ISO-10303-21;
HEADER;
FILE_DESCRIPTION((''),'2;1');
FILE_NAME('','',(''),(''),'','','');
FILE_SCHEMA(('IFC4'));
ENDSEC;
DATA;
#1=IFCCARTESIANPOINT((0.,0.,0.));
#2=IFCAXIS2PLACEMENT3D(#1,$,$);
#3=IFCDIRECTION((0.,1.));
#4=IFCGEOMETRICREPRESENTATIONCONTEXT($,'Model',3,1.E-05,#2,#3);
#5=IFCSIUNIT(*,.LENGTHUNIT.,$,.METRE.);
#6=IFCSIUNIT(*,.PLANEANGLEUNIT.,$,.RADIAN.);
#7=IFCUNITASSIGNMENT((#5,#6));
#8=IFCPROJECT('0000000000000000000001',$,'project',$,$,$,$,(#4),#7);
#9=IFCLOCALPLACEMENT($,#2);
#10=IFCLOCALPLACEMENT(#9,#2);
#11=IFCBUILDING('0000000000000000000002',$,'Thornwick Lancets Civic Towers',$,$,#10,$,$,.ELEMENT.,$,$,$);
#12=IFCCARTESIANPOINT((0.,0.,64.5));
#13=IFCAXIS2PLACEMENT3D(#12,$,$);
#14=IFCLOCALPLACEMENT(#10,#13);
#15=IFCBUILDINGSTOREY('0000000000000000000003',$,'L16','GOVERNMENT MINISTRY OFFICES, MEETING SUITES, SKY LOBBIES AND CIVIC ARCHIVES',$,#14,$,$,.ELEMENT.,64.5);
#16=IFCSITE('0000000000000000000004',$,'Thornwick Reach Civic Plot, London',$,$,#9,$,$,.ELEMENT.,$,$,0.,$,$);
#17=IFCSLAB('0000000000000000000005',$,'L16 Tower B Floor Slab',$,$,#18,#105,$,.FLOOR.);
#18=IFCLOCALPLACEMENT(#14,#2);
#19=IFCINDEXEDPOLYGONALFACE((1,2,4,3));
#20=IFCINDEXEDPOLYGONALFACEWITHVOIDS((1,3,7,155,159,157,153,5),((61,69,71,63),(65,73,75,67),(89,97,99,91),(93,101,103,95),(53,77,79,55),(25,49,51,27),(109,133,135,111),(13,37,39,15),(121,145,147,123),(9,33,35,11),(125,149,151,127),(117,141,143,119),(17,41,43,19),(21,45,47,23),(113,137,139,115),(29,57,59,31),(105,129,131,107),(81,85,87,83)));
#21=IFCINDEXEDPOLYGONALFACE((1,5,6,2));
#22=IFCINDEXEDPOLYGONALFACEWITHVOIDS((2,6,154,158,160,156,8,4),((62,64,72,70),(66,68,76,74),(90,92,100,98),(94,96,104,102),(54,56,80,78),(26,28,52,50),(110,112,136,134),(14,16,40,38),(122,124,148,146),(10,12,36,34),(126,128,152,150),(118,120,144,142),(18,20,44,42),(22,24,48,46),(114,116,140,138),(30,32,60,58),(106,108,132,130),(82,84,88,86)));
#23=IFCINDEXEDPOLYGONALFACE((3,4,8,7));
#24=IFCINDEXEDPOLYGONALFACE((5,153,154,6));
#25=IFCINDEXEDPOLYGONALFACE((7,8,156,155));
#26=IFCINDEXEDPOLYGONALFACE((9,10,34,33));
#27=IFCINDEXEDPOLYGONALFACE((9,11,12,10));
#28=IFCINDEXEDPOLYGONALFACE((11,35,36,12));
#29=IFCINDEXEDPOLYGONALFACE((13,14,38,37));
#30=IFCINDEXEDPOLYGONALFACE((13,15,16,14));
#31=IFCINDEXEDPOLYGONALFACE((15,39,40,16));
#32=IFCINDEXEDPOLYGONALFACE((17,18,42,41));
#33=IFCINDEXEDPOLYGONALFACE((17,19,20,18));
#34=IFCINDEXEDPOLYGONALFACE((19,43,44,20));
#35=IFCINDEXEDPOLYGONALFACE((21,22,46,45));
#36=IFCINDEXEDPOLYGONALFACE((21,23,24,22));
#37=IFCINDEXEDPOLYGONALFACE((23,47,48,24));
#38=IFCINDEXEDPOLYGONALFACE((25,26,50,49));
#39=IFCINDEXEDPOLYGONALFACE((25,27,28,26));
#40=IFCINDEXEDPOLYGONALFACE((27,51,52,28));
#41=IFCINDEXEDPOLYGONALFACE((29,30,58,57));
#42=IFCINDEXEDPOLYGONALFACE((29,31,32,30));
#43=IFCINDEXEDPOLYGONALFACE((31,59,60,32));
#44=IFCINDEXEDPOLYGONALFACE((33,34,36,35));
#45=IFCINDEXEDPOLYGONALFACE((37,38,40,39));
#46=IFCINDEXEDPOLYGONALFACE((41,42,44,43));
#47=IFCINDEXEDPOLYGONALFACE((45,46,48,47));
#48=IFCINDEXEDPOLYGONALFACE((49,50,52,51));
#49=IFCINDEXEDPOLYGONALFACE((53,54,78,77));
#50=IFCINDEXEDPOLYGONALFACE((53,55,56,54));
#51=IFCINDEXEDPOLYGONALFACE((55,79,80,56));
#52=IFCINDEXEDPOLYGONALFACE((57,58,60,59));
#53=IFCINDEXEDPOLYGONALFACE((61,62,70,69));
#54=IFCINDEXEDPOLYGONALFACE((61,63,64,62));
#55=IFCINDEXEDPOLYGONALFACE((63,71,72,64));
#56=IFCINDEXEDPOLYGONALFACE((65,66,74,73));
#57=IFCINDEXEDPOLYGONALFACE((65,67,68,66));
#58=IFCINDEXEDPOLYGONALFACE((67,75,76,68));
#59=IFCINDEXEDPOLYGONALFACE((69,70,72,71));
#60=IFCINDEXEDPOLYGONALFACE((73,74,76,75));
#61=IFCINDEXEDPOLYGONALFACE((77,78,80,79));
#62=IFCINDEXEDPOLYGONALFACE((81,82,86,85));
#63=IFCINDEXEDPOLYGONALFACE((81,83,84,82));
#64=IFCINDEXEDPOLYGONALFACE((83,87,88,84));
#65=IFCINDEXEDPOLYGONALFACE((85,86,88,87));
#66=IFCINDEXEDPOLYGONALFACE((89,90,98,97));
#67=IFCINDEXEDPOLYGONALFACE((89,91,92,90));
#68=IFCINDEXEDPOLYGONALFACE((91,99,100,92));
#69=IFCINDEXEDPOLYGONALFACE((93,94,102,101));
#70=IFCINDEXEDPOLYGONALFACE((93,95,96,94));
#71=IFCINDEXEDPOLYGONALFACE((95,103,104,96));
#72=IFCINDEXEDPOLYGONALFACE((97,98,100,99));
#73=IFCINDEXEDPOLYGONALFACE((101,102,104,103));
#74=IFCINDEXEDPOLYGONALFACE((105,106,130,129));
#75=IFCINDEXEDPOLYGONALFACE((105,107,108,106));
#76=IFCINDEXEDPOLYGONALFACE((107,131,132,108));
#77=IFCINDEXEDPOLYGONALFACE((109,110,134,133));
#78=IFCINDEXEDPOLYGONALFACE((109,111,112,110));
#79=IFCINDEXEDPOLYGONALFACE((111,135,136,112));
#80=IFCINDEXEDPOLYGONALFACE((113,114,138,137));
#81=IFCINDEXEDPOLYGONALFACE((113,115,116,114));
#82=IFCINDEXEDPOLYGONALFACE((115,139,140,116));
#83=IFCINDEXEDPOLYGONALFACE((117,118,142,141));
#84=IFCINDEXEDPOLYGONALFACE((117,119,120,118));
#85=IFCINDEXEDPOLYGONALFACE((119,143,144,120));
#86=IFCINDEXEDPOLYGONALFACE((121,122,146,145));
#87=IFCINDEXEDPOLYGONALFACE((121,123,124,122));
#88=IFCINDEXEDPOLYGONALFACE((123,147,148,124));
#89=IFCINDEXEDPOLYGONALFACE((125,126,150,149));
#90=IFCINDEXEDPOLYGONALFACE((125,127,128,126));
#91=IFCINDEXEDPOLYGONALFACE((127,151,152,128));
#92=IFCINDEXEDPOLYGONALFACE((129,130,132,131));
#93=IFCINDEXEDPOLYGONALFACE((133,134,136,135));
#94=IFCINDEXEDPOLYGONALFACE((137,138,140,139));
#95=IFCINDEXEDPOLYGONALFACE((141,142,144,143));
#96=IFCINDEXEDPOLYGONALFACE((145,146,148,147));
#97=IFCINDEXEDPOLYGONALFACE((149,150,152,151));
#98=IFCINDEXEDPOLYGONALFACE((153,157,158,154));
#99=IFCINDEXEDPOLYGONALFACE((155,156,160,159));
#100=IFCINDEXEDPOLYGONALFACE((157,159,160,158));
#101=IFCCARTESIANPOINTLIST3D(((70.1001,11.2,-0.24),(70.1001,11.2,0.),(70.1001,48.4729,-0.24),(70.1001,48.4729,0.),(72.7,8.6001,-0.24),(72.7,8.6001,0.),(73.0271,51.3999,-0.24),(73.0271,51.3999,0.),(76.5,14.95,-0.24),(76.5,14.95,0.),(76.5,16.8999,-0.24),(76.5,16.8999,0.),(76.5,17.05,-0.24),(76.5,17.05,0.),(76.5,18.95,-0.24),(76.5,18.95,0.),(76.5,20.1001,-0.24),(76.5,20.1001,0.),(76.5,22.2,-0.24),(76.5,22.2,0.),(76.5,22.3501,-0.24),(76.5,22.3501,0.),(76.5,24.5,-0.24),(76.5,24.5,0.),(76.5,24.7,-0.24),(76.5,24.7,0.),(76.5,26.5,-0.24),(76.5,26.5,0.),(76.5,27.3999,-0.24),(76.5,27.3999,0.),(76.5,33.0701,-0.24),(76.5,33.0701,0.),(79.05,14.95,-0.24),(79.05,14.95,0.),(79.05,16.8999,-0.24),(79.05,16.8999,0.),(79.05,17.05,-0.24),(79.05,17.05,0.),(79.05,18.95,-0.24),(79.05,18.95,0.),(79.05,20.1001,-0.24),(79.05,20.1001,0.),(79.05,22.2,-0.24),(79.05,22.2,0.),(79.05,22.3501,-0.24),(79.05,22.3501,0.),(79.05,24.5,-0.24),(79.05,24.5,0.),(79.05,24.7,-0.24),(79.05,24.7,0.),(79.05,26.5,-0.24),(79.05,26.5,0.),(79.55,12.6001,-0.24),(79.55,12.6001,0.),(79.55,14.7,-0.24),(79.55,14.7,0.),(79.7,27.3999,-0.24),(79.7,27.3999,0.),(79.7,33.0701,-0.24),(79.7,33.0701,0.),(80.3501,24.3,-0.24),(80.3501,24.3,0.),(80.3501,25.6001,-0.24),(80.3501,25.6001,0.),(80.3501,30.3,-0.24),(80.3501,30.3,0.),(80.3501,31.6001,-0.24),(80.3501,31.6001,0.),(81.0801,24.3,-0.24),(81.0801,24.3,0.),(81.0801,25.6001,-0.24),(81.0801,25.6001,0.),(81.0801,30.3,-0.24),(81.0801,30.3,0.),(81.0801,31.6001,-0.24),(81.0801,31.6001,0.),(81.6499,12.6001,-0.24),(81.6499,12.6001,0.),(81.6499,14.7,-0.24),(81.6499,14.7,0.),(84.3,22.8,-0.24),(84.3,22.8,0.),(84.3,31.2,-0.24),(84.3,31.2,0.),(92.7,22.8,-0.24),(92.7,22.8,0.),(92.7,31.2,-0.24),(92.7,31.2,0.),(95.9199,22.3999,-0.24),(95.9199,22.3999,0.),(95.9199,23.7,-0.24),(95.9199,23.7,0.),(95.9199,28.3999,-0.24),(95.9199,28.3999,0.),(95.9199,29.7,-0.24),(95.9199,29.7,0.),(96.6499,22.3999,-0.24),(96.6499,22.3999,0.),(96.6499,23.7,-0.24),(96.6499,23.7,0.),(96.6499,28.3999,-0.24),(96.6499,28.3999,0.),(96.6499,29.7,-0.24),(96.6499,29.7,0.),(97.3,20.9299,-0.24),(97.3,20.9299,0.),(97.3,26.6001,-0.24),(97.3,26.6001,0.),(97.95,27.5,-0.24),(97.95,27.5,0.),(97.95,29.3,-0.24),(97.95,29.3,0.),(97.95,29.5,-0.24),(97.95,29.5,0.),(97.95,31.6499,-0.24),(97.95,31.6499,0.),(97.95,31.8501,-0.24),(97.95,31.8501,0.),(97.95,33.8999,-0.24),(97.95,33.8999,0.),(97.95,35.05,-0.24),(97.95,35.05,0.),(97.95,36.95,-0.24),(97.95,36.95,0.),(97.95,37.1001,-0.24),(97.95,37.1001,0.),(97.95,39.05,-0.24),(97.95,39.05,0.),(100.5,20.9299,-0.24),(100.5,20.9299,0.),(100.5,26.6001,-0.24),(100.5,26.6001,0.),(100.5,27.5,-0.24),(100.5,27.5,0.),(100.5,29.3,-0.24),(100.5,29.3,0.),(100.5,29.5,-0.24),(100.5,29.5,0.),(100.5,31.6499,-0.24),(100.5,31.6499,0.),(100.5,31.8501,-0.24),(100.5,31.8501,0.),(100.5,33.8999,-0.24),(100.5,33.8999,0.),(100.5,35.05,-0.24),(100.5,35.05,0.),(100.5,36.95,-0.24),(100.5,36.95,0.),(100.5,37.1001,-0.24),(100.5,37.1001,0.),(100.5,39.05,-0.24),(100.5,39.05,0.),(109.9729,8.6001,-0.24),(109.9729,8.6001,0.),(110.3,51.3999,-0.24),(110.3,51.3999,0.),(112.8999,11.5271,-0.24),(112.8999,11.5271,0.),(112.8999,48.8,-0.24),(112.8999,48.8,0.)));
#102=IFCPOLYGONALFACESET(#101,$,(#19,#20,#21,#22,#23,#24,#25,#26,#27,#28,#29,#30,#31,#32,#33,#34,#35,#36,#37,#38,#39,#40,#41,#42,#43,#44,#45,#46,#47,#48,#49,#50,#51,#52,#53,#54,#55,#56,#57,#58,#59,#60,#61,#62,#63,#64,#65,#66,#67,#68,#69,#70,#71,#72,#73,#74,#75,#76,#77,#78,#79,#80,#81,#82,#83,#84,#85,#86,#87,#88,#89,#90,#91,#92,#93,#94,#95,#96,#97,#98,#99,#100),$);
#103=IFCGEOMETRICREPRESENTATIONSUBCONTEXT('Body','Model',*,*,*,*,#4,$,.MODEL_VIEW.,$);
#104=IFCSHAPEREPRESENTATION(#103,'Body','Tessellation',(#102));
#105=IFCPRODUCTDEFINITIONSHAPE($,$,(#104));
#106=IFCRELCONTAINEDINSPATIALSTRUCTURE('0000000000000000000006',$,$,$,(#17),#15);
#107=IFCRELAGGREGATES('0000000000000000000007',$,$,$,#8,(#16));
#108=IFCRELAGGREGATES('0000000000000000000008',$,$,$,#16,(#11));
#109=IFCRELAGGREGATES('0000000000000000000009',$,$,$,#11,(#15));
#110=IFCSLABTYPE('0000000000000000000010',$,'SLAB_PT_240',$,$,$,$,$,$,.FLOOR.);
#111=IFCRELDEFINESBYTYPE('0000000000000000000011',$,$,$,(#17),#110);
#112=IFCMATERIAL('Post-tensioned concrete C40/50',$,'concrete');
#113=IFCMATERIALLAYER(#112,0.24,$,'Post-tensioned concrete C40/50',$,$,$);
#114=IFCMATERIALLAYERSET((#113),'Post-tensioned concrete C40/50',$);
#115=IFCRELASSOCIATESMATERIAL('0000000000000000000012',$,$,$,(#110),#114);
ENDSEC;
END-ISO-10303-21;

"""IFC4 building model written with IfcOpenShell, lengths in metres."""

from ifc_helpers import new_model, si_unit, direction, frame, origin, place, context, subcontext, project, spatial, polyline, outline, extrude, material, layer, layer_set, type_object, element, save


model = new_model("IFC4")

# Units and contexts
model_context = context("Model", 3, precision=1e-05, world=origin(), true_north=direction((0.0, 1.0)))
body_context = subcontext(model_context, "Body", "Model", "MODEL_VIEW")
ifc_project = project(units=[si_unit("LENGTHUNIT", "METRE"), si_unit("PLANEANGLEUNIT", "RADIAN")], contexts=[model_context])

# Site, building, storey
site_placement = place(None, origin())
site = spatial("IfcSite", under=ifc_project, at=site_placement, Name="Thornwick Reach Civic Plot, London", CompositionType="ELEMENT", RefElevation=0.0)
building_placement = place(site_placement, origin())
building = spatial("IfcBuilding", under=site, at=building_placement, Name="Thornwick Lancets Civic Towers", CompositionType="ELEMENT")
storey_placement = place(building_placement, frame((0.0, 0.0, 64.5)))
storey = spatial("IfcBuildingStorey", under=building, at=storey_placement, Name="L16", Description="GOVERNMENT MINISTRY OFFICES, MEETING SUITES, SKY LOBBIES AND CIVIC ARCHIVES", CompositionType="ELEMENT", Elevation=64.5)

# Shared definitions
ifc_material_1 = material(Name="Post-tensioned concrete C40/50", Category="concrete")

# Slab
ifc_layer_1 = layer(ifc_material_1, 0.24, Name="Post-tensioned concrete C40/50")
ifc_layer_set_1 = layer_set([ifc_layer_1], Name="Post-tensioned concrete C40/50")
slab_type_1 = type_object("IfcSlabType", Name="SLAB_PT_240", PredefinedType="FLOOR", material=ifc_layer_set_1)
slab_1_placement = place(storey_placement, frame((0.0, 0.0, -0.24)))
element("IfcSlab", 1, at=slab_1_placement, inside=storey, type_object=slab_type_1, Name="L16 Tower B Floor Slab", PredefinedType="FLOOR", context=body_context, shape_type="SweptSolid", body=[
    extrude(outline(polyline([(72.7, 8.6001), (109.9729, 8.6001), (112.8999, 11.5271), (112.8999, 48.8), (110.3, 51.3999), (73.0271, 51.3999), (70.1001, 48.4729), (70.1001, 11.2), (72.7, 8.6001)]), holes=[polyline([(84.3, 22.8), (92.7, 22.8), (92.7, 31.2), (84.3, 31.2), (84.3, 22.8)]), polyline([(100.5, 20.9299), (100.5, 26.6001), (97.3, 26.6001), (97.3, 20.9299), (100.5, 20.9299)]), polyline([(76.5, 33.0701), (76.5, 27.3999), (79.7, 27.3999), (79.7, 33.0701), (76.5, 33.0701)]), polyline([(97.95, 27.5), (100.5, 27.5), (100.5, 29.3), (97.95, 29.3), (97.95, 27.5)]), polyline([(97.95, 29.5), (100.5, 29.5), (100.5, 31.6499), (97.95, 31.6499), (97.95, 29.5)]), polyline([(97.95, 31.8501), (100.5, 31.8501), (100.5, 33.8999), (97.95, 33.8999), (97.95, 31.8501)]), polyline([(97.95, 35.05), (100.5, 35.05), (100.5, 36.95), (97.95, 36.95), (97.95, 35.05)]), polyline([(97.95, 37.1001), (100.5, 37.1001), (100.5, 39.05), (97.95, 39.05), (97.95, 37.1001)]), polyline([(76.5, 24.7), (79.05, 24.7), (79.05, 26.5), (76.5, 26.5), (76.5, 24.7)]), polyline([(76.5, 22.3501), (79.05, 22.3501), (79.05, 24.5), (76.5, 24.5), (76.5, 22.3501)]), polyline([(76.5, 20.1001), (79.05, 20.1001), (79.05, 22.2), (76.5, 22.2), (76.5, 20.1001)]), polyline([(76.5, 17.05), (79.05, 17.05), (79.05, 18.95), (76.5, 18.95), (76.5, 17.05)]), polyline([(76.5, 14.95), (79.05, 14.95), (79.05, 16.8999), (76.5, 16.8999), (76.5, 14.95)]), polyline([(79.55, 12.6001), (81.6499, 12.6001), (81.6499, 14.7), (79.55, 14.7), (79.55, 12.6001)]), polyline([(95.9199, 28.3999), (96.6499, 28.3999), (96.6499, 29.7), (95.9199, 29.7), (95.9199, 28.3999)]), polyline([(95.9199, 22.3999), (96.6499, 22.3999), (96.6499, 23.7), (95.9199, 23.7), (95.9199, 22.3999)]), polyline([(80.3501, 24.3), (81.0801, 24.3), (81.0801, 25.6001), (80.3501, 25.6001), (80.3501, 24.3)]), polyline([(80.3501, 30.3), (81.0801, 30.3), (81.0801, 31.6001), (80.3501, 31.6001), (80.3501, 30.3)])]), origin(), (0.0, 0.0, 1.0), 0.24),
])

save(model, "model.ifc")
